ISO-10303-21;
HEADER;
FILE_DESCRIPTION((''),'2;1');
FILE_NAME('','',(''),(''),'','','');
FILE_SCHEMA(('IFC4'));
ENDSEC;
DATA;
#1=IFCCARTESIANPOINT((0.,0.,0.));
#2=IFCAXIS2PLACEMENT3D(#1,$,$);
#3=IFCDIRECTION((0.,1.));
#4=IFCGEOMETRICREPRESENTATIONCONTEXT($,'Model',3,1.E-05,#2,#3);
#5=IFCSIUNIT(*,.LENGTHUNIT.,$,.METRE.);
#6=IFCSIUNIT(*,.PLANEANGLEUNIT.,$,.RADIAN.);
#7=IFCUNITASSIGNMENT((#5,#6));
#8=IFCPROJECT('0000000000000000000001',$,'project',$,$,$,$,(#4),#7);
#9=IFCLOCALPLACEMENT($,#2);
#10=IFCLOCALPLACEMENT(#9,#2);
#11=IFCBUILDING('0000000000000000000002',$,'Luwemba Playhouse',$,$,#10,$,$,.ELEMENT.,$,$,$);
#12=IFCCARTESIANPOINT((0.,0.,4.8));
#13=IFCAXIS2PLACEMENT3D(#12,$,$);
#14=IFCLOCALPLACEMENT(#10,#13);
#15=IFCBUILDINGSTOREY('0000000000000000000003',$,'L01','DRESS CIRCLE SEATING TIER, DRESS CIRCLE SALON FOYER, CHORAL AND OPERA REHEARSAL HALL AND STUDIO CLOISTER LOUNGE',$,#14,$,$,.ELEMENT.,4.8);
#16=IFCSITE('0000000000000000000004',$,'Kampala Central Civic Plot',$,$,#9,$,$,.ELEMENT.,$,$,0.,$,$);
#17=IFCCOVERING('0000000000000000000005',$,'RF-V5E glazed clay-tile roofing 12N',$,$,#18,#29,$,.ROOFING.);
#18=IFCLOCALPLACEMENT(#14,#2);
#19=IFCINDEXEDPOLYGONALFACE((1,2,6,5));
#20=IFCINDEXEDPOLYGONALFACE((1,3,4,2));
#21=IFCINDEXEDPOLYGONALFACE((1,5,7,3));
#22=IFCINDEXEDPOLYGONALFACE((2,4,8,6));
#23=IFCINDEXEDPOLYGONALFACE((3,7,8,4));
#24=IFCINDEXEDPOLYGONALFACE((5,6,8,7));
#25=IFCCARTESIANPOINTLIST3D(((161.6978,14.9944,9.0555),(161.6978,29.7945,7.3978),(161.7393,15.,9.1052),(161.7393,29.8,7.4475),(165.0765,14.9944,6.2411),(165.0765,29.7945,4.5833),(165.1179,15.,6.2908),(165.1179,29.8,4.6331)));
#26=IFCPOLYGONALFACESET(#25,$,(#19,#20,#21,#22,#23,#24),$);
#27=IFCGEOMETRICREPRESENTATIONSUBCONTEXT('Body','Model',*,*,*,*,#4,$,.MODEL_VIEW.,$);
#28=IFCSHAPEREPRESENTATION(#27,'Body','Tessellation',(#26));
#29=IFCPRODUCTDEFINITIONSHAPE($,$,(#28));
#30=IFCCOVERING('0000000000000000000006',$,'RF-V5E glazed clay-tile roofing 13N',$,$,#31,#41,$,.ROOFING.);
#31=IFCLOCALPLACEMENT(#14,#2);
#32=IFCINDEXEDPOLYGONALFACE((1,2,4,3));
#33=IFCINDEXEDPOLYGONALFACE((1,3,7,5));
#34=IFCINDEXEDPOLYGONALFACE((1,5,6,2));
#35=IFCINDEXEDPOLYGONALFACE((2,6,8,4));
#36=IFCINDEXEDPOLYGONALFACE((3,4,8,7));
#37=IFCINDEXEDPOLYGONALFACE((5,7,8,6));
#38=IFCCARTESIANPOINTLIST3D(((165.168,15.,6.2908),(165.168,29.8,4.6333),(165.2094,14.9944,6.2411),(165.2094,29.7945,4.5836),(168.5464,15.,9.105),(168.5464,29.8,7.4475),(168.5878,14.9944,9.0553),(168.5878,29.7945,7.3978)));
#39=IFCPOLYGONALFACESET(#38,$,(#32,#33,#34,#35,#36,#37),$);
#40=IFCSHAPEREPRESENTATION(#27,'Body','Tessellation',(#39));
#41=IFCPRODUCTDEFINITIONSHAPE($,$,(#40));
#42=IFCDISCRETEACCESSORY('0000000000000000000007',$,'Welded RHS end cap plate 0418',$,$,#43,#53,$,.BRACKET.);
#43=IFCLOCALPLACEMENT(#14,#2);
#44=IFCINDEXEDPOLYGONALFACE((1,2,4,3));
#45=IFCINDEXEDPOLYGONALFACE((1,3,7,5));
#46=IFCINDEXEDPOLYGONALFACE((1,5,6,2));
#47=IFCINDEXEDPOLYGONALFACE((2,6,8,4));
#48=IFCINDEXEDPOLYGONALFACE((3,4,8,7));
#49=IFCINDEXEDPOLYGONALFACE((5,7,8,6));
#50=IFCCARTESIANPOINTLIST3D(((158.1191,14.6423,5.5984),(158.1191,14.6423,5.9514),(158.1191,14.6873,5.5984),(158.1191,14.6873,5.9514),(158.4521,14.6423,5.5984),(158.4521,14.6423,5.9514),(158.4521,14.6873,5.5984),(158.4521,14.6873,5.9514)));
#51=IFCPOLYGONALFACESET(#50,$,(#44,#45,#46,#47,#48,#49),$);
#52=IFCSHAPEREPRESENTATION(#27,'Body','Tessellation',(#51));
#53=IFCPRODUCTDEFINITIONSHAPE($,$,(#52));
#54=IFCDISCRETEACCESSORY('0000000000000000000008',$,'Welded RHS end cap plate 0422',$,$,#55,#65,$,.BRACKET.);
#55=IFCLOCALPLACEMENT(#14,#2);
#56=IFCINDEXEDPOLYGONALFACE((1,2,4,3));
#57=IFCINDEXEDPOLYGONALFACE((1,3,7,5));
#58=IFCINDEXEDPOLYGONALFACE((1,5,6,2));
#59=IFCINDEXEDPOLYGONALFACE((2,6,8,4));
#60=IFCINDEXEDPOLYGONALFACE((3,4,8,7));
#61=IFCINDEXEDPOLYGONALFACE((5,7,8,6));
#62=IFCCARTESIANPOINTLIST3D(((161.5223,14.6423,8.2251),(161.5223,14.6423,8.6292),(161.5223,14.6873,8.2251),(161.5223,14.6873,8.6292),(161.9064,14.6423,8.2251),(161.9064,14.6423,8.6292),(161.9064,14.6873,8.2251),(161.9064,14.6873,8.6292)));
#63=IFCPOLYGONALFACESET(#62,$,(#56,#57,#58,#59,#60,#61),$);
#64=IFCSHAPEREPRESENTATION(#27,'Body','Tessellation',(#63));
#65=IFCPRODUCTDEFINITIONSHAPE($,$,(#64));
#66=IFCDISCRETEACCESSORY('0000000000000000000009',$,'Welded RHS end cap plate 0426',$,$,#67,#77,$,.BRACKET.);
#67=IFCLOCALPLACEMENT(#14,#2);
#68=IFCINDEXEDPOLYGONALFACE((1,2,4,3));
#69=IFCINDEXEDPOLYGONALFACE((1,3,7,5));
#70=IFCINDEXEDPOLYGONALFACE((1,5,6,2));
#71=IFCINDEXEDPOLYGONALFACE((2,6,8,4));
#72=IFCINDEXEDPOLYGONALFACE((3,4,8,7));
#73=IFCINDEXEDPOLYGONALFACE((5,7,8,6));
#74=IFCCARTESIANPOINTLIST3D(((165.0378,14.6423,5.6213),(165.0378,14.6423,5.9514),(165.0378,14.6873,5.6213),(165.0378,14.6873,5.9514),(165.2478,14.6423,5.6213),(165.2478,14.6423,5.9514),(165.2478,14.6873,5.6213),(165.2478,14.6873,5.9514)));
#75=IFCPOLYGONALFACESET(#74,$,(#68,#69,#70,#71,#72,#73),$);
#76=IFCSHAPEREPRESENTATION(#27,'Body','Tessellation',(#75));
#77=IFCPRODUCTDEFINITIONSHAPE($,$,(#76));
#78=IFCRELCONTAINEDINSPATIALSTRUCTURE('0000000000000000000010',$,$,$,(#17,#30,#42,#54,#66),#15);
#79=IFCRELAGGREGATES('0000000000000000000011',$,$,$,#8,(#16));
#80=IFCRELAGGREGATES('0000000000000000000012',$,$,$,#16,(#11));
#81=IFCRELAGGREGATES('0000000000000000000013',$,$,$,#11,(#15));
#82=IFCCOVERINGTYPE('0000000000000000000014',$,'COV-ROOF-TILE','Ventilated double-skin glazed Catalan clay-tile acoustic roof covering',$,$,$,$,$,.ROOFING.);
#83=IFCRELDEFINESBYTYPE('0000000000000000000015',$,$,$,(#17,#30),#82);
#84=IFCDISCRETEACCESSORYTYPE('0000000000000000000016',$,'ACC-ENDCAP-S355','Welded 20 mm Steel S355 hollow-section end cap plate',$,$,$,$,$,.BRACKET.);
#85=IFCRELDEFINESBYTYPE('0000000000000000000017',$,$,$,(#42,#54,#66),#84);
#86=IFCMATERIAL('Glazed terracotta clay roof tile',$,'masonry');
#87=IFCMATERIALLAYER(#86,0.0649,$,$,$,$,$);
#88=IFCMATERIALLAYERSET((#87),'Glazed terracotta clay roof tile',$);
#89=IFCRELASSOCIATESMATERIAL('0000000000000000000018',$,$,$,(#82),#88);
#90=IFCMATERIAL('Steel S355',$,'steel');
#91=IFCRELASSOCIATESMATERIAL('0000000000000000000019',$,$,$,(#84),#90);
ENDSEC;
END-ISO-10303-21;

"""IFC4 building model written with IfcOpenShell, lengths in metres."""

from ifc_helpers import new_model, si_unit, direction, frame, origin, origin_2d, place, context, subcontext, project, spatial, polyline, rectangle, outline, extrude, material, layer, layer_set, type_object, element, save


model = new_model("IFC4")

# Units and contexts
model_context = context("Model", 3, precision=1e-05, world=origin(), true_north=direction((0.0, 1.0)))
body_context = subcontext(model_context, "Body", "Model", "MODEL_VIEW")
ifc_project = project(units=[si_unit("LENGTHUNIT", "METRE"), si_unit("PLANEANGLEUNIT", "RADIAN")], contexts=[model_context])

# Site, building, storey
site_placement = place(None, origin())
site = spatial("IfcSite", under=ifc_project, at=site_placement, Name="Kampala Central Civic Plot", CompositionType="ELEMENT", RefElevation=0.0)
building_placement = place(site_placement, origin())
building = spatial("IfcBuilding", under=site, at=building_placement, Name="Luwemba Playhouse", CompositionType="ELEMENT")
storey_placement = place(building_placement, frame((0.0, 0.0, 4.8)))
storey = spatial("IfcBuildingStorey", under=building, at=storey_placement, Name="L01", Description="DRESS CIRCLE SEATING TIER, DRESS CIRCLE SALON FOYER, CHORAL AND OPERA REHEARSAL HALL AND STUDIO CLOISTER LOUNGE", CompositionType="ELEMENT", Elevation=4.8)

# Shared definitions
ifc_material_1 = material(Name="Steel S355", Category="steel")

# Coverings
ifc_material_2 = material(Name="Glazed terracotta clay roof tile", Category="masonry")
ifc_layer_1 = layer(ifc_material_2, 0.0649)
ifc_layer_set_1 = layer_set([ifc_layer_1], Name="Glazed terracotta clay roof tile")
covering_type = type_object("IfcCoveringType", Name="COV-ROOF-TILE", Description="Ventilated double-skin glazed Catalan clay-tile acoustic roof covering", PredefinedType="ROOFING", material=ifc_layer_set_1)
covering_1_placement = place(storey_placement, frame((161.7393, 15.0, 9.1052), z_axis=(0.63768, 0.085743, 0.765515), x_axis=(0.768344, 0.0, -0.640037)))
element("IfcCovering", 1, at=covering_1_placement, inside=storey, type_object=covering_type, Name="RF-V5E glazed clay-tile roofing 12N", PredefinedType="ROOFING", context=body_context, shape_type="SweptSolid", body=[
    extrude(outline(polyline([(0.0, 0.0), (4.3973, 0.0), (5.4583, 14.8548), (1.061, 14.8548), (0.0, 0.0)])), origin(), (0.0, 0.0, -1.0), 0.0649),
])
covering_2_placement = place(storey_placement, frame((165.168, 15.0, 6.2908), z_axis=(-0.637675, 0.085731, 0.76552), x_axis=(0.768349, 0.0, 0.640031)))
element("IfcCovering", 2, at=covering_2_placement, inside=storey, type_object=covering_type, Name="RF-V5E glazed clay-tile roofing 13N", PredefinedType="ROOFING", context=body_context, shape_type="SweptSolid", body=[
    extrude(outline(polyline([(0.0, 0.0), (4.397, 0.0), (3.3362, 14.8547), (-1.0608, 14.8547), (0.0, 0.0)])), origin(), (0.0, 0.0, -1.0), 0.0649),
])

# Discrete accessories
discrete_accessory_type = type_object("IfcDiscreteAccessoryType", Name="ACC-ENDCAP-S355", Description="Welded 20 mm Steel S355 hollow-section end cap plate", PredefinedType="BRACKET", material=ifc_material_1)
discrete_accessory_1_placement = place(storey_placement, frame((158.2856, 14.6648, 5.5984), z_axis=(0.0, 0.0, 1.0), x_axis=(1.0, 0.0, 0.0)))
element("IfcDiscreteAccessory", 3, at=discrete_accessory_1_placement, inside=storey, type_object=discrete_accessory_type, Name="Welded RHS end cap plate 0418", PredefinedType="BRACKET", context=body_context, shape_type="SweptSolid", body=[
    extrude(rectangle(XDim=0.333, YDim=0.0449, at=origin_2d()), origin(), (0.0, 0.0, 1.0), 0.353),
])
discrete_accessory_2_placement = place(storey_placement, frame((161.7144, 14.6648, 8.2251), z_axis=(0.0, 0.0, 1.0), x_axis=(1.0, 0.0, 0.0)))
element("IfcDiscreteAccessory", 4, at=discrete_accessory_2_placement, inside=storey, type_object=discrete_accessory_type, Name="Welded RHS end cap plate 0422", PredefinedType="BRACKET", context=body_context, shape_type="SweptSolid", body=[
    extrude(rectangle(XDim=0.384, YDim=0.0449, at=origin_2d()), origin(), (0.0, 0.0, 1.0), 0.4041),
])
discrete_accessory_3_placement = place(storey_placement, frame((165.1428, 14.6648, 5.6213), z_axis=(0.0, 0.0, 1.0), x_axis=(1.0, 0.0, 0.0)))
element("IfcDiscreteAccessory", 5, at=discrete_accessory_3_placement, inside=storey, type_object=discrete_accessory_type, Name="Welded RHS end cap plate 0426", PredefinedType="BRACKET", context=body_context, shape_type="SweptSolid", body=[
    extrude(rectangle(XDim=0.21, YDim=0.0449, at=origin_2d()), origin(), (0.0, 0.0, 1.0), 0.3301),
])

save(model, "model.ifc")
